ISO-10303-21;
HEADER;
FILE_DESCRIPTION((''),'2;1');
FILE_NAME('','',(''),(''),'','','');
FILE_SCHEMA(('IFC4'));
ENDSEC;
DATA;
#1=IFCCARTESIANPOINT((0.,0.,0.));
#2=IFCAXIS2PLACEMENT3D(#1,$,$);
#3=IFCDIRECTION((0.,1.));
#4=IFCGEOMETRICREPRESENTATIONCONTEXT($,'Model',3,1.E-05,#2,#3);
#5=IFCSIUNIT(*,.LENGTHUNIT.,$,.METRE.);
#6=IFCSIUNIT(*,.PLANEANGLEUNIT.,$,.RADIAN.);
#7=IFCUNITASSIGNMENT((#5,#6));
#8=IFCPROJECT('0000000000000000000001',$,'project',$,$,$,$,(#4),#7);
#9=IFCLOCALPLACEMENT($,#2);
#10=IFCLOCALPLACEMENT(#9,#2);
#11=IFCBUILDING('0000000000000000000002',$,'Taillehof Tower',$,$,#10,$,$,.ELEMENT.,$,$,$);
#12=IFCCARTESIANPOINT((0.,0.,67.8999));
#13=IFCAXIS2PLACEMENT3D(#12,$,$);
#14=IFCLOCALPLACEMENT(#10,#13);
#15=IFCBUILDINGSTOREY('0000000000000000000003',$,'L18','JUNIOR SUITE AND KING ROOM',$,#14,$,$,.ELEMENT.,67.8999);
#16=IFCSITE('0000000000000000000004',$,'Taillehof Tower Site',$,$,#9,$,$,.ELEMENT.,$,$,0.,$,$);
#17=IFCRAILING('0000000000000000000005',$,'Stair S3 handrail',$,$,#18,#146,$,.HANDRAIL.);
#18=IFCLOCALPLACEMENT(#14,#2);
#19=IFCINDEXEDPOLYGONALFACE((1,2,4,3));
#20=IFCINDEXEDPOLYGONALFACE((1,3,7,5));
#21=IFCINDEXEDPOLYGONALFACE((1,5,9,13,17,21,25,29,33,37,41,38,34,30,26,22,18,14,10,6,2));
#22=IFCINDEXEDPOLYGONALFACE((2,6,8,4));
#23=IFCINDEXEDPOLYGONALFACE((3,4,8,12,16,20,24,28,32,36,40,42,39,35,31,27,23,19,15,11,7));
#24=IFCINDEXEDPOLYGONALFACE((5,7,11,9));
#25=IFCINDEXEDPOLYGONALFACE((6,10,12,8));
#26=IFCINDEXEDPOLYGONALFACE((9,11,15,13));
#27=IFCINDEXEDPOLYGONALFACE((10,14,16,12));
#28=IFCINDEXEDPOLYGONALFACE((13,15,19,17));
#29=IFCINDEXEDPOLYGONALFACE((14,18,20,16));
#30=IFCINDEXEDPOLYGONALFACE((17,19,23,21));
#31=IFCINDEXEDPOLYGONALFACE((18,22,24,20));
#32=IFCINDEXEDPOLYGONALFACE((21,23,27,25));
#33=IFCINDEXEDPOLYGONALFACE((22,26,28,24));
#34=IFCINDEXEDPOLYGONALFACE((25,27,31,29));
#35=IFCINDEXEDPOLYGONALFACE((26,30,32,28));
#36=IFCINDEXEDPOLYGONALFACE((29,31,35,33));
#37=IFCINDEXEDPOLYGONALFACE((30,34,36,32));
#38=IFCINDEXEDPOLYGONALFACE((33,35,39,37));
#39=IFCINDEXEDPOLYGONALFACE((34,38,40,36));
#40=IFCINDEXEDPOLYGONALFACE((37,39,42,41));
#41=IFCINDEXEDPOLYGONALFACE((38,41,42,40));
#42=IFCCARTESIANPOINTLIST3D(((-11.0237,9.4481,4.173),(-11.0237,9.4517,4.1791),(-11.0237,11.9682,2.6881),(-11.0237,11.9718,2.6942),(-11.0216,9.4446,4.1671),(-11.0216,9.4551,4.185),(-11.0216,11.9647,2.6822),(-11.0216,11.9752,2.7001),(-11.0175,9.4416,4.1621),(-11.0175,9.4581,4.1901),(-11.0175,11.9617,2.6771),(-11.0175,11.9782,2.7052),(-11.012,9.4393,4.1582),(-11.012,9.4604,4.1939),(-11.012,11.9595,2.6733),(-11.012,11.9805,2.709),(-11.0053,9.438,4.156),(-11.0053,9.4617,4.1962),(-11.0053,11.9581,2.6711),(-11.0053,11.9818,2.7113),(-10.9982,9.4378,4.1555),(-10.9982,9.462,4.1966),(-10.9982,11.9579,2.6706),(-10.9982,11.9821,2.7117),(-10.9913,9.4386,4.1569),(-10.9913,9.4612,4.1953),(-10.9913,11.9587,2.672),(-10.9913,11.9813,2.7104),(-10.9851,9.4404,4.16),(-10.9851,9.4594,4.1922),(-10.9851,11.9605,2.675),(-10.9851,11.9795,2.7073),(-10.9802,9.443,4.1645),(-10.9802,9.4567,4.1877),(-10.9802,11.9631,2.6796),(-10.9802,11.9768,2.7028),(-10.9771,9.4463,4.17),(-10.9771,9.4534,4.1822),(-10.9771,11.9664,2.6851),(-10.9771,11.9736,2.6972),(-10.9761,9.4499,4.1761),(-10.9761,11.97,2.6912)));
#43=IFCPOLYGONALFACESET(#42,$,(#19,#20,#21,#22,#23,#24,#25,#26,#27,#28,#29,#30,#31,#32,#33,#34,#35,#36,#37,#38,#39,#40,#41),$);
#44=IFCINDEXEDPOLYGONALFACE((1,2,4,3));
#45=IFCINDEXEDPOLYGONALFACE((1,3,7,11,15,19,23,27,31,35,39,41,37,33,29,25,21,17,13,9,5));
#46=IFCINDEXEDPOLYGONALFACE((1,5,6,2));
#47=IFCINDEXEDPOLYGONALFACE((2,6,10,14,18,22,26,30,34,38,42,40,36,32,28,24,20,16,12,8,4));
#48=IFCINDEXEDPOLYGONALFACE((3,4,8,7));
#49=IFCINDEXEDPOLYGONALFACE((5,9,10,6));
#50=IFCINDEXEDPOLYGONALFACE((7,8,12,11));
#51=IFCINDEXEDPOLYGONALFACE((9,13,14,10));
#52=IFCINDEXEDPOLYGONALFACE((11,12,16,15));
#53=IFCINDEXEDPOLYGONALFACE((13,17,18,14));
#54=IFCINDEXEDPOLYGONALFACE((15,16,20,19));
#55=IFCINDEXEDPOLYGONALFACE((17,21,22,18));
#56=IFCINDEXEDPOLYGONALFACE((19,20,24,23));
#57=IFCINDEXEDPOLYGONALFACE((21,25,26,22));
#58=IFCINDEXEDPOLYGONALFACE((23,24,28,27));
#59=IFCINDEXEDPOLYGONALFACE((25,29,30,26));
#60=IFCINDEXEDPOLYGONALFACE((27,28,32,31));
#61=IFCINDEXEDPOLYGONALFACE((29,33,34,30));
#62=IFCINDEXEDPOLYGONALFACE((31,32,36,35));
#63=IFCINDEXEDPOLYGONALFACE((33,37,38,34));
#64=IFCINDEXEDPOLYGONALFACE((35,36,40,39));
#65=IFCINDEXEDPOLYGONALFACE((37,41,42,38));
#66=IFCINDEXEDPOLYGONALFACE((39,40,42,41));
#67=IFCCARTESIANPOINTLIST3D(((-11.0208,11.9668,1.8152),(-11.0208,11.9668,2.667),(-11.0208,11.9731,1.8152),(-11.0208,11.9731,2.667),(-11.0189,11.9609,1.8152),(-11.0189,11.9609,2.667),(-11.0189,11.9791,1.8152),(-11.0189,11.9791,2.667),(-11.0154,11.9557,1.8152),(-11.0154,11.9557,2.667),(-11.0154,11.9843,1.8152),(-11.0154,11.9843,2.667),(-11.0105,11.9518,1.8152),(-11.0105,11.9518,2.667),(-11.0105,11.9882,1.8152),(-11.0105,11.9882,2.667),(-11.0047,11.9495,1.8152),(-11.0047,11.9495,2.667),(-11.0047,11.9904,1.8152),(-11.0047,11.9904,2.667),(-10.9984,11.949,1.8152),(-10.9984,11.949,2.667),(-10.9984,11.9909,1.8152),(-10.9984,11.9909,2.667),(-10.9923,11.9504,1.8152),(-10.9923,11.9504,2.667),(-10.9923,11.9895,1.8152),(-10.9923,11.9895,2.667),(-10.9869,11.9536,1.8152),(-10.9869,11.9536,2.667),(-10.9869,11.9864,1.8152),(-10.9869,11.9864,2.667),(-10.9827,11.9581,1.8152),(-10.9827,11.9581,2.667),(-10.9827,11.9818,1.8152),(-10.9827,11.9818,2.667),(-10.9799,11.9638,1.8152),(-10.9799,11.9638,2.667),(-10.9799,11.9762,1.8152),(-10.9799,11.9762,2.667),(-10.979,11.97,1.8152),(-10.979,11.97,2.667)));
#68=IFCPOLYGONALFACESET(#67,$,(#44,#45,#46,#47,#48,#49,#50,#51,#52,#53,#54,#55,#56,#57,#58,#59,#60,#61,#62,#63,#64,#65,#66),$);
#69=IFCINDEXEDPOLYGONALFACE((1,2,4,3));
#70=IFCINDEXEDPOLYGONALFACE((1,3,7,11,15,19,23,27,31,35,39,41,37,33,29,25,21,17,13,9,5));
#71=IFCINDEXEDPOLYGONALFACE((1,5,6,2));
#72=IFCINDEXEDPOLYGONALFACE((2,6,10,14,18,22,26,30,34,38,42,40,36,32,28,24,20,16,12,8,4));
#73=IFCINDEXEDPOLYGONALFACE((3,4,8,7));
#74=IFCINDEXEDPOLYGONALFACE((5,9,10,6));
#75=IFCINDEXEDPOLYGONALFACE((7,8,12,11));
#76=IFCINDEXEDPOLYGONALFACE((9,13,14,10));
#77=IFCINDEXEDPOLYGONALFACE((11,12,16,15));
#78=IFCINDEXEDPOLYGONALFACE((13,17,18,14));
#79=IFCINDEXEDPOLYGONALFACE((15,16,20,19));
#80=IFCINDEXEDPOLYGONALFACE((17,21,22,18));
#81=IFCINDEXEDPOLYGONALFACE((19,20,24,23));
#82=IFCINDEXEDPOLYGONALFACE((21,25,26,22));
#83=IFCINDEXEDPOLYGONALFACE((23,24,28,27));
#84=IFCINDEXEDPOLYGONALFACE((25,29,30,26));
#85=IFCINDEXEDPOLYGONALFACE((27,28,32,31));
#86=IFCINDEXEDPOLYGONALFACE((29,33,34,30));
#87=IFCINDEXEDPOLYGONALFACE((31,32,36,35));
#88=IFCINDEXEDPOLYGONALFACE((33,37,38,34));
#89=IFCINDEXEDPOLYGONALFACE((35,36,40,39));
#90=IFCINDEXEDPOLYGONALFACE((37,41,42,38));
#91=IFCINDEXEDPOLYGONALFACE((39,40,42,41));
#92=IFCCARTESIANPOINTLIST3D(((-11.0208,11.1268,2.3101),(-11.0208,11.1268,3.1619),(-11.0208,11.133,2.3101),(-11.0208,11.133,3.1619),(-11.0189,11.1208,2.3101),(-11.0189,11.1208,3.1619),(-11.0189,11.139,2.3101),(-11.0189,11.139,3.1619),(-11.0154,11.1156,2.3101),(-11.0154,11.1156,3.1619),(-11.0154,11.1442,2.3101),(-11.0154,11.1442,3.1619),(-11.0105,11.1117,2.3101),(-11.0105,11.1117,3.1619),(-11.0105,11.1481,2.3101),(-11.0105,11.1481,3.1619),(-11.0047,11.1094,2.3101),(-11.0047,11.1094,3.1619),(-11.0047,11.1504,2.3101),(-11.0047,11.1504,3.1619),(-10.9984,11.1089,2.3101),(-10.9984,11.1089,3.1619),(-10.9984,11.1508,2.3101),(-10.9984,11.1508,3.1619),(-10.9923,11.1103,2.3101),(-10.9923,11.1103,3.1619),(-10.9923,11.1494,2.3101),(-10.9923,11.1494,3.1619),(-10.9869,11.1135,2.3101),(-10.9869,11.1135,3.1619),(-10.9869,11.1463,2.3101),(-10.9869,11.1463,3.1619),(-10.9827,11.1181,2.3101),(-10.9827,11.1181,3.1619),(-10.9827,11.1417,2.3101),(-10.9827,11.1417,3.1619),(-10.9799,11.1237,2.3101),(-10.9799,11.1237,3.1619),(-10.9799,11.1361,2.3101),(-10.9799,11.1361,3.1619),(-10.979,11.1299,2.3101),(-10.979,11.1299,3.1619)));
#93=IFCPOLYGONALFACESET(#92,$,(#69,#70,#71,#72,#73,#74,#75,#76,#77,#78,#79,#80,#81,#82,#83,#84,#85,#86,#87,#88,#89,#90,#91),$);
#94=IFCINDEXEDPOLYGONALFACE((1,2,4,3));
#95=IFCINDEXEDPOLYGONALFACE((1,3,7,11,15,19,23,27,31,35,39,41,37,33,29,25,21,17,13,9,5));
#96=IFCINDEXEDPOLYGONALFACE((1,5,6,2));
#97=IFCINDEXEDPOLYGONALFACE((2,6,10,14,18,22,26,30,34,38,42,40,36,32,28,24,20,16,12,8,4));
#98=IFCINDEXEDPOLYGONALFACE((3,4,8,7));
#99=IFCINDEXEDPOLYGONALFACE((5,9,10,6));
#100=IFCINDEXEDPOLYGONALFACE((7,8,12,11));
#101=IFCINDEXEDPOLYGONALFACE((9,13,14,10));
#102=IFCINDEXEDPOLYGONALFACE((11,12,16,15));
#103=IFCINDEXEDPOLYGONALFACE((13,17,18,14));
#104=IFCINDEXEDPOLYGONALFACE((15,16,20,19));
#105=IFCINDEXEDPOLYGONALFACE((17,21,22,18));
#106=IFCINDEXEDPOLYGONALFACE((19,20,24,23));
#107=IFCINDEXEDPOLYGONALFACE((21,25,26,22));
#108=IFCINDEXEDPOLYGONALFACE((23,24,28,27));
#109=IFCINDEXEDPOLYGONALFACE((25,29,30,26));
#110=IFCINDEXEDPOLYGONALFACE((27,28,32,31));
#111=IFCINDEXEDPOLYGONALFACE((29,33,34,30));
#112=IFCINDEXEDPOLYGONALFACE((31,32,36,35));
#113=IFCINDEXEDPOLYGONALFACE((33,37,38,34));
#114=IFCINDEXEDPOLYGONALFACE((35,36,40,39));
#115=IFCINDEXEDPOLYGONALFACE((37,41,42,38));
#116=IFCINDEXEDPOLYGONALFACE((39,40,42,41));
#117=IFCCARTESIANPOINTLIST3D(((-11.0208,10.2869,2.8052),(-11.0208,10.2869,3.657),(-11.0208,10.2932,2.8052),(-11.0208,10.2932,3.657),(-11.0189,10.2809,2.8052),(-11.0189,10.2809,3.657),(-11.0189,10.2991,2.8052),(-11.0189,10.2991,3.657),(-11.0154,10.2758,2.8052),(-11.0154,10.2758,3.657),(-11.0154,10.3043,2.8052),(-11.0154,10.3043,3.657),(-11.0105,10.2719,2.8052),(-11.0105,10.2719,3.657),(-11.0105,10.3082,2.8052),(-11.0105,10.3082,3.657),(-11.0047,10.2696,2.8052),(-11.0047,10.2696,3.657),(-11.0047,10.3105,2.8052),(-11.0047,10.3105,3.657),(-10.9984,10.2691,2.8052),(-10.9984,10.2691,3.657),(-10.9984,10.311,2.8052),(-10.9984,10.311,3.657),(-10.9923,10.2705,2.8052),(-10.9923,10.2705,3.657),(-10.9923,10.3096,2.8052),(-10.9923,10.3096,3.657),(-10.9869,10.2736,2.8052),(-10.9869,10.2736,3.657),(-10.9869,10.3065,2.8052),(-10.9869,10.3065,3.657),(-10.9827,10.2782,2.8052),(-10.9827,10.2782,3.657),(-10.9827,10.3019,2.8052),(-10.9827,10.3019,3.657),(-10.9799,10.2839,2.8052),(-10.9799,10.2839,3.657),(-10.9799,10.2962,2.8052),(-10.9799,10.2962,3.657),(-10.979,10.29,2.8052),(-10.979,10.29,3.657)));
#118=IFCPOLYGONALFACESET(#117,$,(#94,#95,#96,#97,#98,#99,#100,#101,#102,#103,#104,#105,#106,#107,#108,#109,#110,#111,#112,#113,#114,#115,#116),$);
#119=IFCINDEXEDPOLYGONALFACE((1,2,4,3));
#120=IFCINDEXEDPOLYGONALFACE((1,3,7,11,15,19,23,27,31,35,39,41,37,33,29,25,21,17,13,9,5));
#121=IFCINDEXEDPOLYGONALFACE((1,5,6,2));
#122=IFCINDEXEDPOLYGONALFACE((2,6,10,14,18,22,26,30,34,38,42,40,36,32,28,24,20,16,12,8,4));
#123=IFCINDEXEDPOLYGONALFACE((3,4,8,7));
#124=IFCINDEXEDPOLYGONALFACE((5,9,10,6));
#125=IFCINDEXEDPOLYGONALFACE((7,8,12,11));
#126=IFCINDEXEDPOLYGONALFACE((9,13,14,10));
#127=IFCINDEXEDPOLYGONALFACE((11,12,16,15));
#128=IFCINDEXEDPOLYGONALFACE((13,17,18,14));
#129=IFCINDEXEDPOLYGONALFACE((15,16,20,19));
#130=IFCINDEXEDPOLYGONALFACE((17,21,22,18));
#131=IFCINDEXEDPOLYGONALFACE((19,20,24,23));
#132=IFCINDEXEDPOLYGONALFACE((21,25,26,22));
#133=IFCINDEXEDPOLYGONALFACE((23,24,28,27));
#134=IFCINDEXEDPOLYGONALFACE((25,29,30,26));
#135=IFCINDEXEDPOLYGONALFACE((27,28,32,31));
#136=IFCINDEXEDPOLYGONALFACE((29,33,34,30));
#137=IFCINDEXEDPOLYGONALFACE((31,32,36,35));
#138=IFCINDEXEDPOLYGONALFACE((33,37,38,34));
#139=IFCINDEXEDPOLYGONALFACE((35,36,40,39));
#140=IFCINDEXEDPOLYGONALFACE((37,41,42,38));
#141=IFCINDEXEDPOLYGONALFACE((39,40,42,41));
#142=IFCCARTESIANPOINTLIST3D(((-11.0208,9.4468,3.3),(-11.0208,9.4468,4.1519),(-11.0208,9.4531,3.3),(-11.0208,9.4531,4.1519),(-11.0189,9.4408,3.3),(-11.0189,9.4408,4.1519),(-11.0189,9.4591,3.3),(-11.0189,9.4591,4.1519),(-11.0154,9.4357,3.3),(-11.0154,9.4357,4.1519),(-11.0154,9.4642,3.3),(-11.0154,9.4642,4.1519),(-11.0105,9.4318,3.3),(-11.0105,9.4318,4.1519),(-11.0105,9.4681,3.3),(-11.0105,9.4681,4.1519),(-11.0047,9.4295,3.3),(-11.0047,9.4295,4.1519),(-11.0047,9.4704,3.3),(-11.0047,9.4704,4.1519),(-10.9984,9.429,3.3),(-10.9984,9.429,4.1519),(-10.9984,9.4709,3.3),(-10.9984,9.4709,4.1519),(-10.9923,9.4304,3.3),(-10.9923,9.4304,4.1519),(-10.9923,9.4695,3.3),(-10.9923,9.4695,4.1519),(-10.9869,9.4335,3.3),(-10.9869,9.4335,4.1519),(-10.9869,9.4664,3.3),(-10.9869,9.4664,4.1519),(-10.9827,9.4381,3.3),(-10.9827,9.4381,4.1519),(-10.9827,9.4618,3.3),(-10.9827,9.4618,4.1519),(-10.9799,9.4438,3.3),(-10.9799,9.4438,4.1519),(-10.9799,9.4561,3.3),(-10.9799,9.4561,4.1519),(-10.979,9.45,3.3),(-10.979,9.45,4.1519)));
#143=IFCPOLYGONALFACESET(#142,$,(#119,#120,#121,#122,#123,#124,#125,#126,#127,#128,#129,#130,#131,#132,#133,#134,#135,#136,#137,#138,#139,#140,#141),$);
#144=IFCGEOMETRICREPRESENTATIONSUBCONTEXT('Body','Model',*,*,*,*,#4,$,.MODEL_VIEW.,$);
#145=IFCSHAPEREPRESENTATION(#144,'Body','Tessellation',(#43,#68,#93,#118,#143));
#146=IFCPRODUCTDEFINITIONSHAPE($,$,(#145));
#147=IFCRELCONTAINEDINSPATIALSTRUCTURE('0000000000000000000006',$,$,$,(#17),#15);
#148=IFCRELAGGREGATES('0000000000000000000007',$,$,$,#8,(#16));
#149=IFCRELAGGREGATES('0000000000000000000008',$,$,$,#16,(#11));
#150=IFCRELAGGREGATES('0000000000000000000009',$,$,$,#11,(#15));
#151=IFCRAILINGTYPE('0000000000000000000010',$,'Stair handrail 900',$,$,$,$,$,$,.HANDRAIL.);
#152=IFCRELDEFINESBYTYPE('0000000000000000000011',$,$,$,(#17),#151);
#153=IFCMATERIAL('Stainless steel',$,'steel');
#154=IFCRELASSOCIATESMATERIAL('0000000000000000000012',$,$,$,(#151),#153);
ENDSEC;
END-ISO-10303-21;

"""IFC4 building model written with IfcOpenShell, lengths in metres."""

from ifc_helpers import new_model, si_unit, direction, frame, origin, origin_2d, place, context, subcontext, project, spatial, circle, extrude, material, type_object, element, save


model = new_model("IFC4")

# Units and contexts
model_context = context("Model", 3, precision=1e-05, world=origin(), true_north=direction((0.0, 1.0)))
body_context = subcontext(model_context, "Body", "Model", "MODEL_VIEW")
ifc_project = project(units=[si_unit("LENGTHUNIT", "METRE"), si_unit("PLANEANGLEUNIT", "RADIAN")], contexts=[model_context])

# Site, building, storey
site_placement = place(None, origin())
site = spatial("IfcSite", under=ifc_project, at=site_placement, Name="Taillehof Tower Site", CompositionType="ELEMENT", RefElevation=0.0)
building_placement = place(site_placement, origin())
building = spatial("IfcBuilding", under=site, at=building_placement, Name="Taillehof Tower", CompositionType="ELEMENT")
storey_placement = place(building_placement, frame((0.0, 0.0, 67.8999)))
storey = spatial("IfcBuildingStorey", under=building, at=storey_placement, Name="L18", Description="JUNIOR SUITE AND KING ROOM", CompositionType="ELEMENT", Elevation=67.8999)

# Railing
ifc_material_1 = material(Name="Stainless steel", Category="steel")
railing_type = type_object("IfcRailingType", Name="Stair handrail 900", PredefinedType="HANDRAIL", material=ifc_material_1)
railing_1_placement = place(storey_placement, frame((-11.0, 11.97, 1.8152)))
element("IfcRailing", 1, at=railing_1_placement, inside=storey, type_object=railing_type, Name="Stair S3 handrail", PredefinedType="HANDRAIL", context=body_context, shape_type="SweptSolid", body=[
    extrude(circle(Radius=0.0239, at=origin_2d()), frame((0.0, 0.0, 0.876), z_axis=(0.0, -0.861561, 0.507655), x_axis=(1.0, 0.0, 0.0)), (0.0, 0.0, 1.0), 2.925),
    extrude(circle(Radius=0.021, at=origin_2d()), origin(), (0.0, 0.0, 1.0), 0.8518),
    extrude(circle(Radius=0.021, at=origin_2d()), frame((0.0, -0.8401, 0.4949)), (0.0, 0.0, 1.0), 0.8518),
    extrude(circle(Radius=0.021, at=origin_2d()), frame((0.0, -1.6799, 0.99)), (0.0, 0.0, 1.0), 0.8518),
    extrude(circle(Radius=0.021, at=origin_2d()), frame((0.0, -2.52, 1.4849)), (0.0, 0.0, 1.0), 0.8518),
])

save(model, "model.ifc")
